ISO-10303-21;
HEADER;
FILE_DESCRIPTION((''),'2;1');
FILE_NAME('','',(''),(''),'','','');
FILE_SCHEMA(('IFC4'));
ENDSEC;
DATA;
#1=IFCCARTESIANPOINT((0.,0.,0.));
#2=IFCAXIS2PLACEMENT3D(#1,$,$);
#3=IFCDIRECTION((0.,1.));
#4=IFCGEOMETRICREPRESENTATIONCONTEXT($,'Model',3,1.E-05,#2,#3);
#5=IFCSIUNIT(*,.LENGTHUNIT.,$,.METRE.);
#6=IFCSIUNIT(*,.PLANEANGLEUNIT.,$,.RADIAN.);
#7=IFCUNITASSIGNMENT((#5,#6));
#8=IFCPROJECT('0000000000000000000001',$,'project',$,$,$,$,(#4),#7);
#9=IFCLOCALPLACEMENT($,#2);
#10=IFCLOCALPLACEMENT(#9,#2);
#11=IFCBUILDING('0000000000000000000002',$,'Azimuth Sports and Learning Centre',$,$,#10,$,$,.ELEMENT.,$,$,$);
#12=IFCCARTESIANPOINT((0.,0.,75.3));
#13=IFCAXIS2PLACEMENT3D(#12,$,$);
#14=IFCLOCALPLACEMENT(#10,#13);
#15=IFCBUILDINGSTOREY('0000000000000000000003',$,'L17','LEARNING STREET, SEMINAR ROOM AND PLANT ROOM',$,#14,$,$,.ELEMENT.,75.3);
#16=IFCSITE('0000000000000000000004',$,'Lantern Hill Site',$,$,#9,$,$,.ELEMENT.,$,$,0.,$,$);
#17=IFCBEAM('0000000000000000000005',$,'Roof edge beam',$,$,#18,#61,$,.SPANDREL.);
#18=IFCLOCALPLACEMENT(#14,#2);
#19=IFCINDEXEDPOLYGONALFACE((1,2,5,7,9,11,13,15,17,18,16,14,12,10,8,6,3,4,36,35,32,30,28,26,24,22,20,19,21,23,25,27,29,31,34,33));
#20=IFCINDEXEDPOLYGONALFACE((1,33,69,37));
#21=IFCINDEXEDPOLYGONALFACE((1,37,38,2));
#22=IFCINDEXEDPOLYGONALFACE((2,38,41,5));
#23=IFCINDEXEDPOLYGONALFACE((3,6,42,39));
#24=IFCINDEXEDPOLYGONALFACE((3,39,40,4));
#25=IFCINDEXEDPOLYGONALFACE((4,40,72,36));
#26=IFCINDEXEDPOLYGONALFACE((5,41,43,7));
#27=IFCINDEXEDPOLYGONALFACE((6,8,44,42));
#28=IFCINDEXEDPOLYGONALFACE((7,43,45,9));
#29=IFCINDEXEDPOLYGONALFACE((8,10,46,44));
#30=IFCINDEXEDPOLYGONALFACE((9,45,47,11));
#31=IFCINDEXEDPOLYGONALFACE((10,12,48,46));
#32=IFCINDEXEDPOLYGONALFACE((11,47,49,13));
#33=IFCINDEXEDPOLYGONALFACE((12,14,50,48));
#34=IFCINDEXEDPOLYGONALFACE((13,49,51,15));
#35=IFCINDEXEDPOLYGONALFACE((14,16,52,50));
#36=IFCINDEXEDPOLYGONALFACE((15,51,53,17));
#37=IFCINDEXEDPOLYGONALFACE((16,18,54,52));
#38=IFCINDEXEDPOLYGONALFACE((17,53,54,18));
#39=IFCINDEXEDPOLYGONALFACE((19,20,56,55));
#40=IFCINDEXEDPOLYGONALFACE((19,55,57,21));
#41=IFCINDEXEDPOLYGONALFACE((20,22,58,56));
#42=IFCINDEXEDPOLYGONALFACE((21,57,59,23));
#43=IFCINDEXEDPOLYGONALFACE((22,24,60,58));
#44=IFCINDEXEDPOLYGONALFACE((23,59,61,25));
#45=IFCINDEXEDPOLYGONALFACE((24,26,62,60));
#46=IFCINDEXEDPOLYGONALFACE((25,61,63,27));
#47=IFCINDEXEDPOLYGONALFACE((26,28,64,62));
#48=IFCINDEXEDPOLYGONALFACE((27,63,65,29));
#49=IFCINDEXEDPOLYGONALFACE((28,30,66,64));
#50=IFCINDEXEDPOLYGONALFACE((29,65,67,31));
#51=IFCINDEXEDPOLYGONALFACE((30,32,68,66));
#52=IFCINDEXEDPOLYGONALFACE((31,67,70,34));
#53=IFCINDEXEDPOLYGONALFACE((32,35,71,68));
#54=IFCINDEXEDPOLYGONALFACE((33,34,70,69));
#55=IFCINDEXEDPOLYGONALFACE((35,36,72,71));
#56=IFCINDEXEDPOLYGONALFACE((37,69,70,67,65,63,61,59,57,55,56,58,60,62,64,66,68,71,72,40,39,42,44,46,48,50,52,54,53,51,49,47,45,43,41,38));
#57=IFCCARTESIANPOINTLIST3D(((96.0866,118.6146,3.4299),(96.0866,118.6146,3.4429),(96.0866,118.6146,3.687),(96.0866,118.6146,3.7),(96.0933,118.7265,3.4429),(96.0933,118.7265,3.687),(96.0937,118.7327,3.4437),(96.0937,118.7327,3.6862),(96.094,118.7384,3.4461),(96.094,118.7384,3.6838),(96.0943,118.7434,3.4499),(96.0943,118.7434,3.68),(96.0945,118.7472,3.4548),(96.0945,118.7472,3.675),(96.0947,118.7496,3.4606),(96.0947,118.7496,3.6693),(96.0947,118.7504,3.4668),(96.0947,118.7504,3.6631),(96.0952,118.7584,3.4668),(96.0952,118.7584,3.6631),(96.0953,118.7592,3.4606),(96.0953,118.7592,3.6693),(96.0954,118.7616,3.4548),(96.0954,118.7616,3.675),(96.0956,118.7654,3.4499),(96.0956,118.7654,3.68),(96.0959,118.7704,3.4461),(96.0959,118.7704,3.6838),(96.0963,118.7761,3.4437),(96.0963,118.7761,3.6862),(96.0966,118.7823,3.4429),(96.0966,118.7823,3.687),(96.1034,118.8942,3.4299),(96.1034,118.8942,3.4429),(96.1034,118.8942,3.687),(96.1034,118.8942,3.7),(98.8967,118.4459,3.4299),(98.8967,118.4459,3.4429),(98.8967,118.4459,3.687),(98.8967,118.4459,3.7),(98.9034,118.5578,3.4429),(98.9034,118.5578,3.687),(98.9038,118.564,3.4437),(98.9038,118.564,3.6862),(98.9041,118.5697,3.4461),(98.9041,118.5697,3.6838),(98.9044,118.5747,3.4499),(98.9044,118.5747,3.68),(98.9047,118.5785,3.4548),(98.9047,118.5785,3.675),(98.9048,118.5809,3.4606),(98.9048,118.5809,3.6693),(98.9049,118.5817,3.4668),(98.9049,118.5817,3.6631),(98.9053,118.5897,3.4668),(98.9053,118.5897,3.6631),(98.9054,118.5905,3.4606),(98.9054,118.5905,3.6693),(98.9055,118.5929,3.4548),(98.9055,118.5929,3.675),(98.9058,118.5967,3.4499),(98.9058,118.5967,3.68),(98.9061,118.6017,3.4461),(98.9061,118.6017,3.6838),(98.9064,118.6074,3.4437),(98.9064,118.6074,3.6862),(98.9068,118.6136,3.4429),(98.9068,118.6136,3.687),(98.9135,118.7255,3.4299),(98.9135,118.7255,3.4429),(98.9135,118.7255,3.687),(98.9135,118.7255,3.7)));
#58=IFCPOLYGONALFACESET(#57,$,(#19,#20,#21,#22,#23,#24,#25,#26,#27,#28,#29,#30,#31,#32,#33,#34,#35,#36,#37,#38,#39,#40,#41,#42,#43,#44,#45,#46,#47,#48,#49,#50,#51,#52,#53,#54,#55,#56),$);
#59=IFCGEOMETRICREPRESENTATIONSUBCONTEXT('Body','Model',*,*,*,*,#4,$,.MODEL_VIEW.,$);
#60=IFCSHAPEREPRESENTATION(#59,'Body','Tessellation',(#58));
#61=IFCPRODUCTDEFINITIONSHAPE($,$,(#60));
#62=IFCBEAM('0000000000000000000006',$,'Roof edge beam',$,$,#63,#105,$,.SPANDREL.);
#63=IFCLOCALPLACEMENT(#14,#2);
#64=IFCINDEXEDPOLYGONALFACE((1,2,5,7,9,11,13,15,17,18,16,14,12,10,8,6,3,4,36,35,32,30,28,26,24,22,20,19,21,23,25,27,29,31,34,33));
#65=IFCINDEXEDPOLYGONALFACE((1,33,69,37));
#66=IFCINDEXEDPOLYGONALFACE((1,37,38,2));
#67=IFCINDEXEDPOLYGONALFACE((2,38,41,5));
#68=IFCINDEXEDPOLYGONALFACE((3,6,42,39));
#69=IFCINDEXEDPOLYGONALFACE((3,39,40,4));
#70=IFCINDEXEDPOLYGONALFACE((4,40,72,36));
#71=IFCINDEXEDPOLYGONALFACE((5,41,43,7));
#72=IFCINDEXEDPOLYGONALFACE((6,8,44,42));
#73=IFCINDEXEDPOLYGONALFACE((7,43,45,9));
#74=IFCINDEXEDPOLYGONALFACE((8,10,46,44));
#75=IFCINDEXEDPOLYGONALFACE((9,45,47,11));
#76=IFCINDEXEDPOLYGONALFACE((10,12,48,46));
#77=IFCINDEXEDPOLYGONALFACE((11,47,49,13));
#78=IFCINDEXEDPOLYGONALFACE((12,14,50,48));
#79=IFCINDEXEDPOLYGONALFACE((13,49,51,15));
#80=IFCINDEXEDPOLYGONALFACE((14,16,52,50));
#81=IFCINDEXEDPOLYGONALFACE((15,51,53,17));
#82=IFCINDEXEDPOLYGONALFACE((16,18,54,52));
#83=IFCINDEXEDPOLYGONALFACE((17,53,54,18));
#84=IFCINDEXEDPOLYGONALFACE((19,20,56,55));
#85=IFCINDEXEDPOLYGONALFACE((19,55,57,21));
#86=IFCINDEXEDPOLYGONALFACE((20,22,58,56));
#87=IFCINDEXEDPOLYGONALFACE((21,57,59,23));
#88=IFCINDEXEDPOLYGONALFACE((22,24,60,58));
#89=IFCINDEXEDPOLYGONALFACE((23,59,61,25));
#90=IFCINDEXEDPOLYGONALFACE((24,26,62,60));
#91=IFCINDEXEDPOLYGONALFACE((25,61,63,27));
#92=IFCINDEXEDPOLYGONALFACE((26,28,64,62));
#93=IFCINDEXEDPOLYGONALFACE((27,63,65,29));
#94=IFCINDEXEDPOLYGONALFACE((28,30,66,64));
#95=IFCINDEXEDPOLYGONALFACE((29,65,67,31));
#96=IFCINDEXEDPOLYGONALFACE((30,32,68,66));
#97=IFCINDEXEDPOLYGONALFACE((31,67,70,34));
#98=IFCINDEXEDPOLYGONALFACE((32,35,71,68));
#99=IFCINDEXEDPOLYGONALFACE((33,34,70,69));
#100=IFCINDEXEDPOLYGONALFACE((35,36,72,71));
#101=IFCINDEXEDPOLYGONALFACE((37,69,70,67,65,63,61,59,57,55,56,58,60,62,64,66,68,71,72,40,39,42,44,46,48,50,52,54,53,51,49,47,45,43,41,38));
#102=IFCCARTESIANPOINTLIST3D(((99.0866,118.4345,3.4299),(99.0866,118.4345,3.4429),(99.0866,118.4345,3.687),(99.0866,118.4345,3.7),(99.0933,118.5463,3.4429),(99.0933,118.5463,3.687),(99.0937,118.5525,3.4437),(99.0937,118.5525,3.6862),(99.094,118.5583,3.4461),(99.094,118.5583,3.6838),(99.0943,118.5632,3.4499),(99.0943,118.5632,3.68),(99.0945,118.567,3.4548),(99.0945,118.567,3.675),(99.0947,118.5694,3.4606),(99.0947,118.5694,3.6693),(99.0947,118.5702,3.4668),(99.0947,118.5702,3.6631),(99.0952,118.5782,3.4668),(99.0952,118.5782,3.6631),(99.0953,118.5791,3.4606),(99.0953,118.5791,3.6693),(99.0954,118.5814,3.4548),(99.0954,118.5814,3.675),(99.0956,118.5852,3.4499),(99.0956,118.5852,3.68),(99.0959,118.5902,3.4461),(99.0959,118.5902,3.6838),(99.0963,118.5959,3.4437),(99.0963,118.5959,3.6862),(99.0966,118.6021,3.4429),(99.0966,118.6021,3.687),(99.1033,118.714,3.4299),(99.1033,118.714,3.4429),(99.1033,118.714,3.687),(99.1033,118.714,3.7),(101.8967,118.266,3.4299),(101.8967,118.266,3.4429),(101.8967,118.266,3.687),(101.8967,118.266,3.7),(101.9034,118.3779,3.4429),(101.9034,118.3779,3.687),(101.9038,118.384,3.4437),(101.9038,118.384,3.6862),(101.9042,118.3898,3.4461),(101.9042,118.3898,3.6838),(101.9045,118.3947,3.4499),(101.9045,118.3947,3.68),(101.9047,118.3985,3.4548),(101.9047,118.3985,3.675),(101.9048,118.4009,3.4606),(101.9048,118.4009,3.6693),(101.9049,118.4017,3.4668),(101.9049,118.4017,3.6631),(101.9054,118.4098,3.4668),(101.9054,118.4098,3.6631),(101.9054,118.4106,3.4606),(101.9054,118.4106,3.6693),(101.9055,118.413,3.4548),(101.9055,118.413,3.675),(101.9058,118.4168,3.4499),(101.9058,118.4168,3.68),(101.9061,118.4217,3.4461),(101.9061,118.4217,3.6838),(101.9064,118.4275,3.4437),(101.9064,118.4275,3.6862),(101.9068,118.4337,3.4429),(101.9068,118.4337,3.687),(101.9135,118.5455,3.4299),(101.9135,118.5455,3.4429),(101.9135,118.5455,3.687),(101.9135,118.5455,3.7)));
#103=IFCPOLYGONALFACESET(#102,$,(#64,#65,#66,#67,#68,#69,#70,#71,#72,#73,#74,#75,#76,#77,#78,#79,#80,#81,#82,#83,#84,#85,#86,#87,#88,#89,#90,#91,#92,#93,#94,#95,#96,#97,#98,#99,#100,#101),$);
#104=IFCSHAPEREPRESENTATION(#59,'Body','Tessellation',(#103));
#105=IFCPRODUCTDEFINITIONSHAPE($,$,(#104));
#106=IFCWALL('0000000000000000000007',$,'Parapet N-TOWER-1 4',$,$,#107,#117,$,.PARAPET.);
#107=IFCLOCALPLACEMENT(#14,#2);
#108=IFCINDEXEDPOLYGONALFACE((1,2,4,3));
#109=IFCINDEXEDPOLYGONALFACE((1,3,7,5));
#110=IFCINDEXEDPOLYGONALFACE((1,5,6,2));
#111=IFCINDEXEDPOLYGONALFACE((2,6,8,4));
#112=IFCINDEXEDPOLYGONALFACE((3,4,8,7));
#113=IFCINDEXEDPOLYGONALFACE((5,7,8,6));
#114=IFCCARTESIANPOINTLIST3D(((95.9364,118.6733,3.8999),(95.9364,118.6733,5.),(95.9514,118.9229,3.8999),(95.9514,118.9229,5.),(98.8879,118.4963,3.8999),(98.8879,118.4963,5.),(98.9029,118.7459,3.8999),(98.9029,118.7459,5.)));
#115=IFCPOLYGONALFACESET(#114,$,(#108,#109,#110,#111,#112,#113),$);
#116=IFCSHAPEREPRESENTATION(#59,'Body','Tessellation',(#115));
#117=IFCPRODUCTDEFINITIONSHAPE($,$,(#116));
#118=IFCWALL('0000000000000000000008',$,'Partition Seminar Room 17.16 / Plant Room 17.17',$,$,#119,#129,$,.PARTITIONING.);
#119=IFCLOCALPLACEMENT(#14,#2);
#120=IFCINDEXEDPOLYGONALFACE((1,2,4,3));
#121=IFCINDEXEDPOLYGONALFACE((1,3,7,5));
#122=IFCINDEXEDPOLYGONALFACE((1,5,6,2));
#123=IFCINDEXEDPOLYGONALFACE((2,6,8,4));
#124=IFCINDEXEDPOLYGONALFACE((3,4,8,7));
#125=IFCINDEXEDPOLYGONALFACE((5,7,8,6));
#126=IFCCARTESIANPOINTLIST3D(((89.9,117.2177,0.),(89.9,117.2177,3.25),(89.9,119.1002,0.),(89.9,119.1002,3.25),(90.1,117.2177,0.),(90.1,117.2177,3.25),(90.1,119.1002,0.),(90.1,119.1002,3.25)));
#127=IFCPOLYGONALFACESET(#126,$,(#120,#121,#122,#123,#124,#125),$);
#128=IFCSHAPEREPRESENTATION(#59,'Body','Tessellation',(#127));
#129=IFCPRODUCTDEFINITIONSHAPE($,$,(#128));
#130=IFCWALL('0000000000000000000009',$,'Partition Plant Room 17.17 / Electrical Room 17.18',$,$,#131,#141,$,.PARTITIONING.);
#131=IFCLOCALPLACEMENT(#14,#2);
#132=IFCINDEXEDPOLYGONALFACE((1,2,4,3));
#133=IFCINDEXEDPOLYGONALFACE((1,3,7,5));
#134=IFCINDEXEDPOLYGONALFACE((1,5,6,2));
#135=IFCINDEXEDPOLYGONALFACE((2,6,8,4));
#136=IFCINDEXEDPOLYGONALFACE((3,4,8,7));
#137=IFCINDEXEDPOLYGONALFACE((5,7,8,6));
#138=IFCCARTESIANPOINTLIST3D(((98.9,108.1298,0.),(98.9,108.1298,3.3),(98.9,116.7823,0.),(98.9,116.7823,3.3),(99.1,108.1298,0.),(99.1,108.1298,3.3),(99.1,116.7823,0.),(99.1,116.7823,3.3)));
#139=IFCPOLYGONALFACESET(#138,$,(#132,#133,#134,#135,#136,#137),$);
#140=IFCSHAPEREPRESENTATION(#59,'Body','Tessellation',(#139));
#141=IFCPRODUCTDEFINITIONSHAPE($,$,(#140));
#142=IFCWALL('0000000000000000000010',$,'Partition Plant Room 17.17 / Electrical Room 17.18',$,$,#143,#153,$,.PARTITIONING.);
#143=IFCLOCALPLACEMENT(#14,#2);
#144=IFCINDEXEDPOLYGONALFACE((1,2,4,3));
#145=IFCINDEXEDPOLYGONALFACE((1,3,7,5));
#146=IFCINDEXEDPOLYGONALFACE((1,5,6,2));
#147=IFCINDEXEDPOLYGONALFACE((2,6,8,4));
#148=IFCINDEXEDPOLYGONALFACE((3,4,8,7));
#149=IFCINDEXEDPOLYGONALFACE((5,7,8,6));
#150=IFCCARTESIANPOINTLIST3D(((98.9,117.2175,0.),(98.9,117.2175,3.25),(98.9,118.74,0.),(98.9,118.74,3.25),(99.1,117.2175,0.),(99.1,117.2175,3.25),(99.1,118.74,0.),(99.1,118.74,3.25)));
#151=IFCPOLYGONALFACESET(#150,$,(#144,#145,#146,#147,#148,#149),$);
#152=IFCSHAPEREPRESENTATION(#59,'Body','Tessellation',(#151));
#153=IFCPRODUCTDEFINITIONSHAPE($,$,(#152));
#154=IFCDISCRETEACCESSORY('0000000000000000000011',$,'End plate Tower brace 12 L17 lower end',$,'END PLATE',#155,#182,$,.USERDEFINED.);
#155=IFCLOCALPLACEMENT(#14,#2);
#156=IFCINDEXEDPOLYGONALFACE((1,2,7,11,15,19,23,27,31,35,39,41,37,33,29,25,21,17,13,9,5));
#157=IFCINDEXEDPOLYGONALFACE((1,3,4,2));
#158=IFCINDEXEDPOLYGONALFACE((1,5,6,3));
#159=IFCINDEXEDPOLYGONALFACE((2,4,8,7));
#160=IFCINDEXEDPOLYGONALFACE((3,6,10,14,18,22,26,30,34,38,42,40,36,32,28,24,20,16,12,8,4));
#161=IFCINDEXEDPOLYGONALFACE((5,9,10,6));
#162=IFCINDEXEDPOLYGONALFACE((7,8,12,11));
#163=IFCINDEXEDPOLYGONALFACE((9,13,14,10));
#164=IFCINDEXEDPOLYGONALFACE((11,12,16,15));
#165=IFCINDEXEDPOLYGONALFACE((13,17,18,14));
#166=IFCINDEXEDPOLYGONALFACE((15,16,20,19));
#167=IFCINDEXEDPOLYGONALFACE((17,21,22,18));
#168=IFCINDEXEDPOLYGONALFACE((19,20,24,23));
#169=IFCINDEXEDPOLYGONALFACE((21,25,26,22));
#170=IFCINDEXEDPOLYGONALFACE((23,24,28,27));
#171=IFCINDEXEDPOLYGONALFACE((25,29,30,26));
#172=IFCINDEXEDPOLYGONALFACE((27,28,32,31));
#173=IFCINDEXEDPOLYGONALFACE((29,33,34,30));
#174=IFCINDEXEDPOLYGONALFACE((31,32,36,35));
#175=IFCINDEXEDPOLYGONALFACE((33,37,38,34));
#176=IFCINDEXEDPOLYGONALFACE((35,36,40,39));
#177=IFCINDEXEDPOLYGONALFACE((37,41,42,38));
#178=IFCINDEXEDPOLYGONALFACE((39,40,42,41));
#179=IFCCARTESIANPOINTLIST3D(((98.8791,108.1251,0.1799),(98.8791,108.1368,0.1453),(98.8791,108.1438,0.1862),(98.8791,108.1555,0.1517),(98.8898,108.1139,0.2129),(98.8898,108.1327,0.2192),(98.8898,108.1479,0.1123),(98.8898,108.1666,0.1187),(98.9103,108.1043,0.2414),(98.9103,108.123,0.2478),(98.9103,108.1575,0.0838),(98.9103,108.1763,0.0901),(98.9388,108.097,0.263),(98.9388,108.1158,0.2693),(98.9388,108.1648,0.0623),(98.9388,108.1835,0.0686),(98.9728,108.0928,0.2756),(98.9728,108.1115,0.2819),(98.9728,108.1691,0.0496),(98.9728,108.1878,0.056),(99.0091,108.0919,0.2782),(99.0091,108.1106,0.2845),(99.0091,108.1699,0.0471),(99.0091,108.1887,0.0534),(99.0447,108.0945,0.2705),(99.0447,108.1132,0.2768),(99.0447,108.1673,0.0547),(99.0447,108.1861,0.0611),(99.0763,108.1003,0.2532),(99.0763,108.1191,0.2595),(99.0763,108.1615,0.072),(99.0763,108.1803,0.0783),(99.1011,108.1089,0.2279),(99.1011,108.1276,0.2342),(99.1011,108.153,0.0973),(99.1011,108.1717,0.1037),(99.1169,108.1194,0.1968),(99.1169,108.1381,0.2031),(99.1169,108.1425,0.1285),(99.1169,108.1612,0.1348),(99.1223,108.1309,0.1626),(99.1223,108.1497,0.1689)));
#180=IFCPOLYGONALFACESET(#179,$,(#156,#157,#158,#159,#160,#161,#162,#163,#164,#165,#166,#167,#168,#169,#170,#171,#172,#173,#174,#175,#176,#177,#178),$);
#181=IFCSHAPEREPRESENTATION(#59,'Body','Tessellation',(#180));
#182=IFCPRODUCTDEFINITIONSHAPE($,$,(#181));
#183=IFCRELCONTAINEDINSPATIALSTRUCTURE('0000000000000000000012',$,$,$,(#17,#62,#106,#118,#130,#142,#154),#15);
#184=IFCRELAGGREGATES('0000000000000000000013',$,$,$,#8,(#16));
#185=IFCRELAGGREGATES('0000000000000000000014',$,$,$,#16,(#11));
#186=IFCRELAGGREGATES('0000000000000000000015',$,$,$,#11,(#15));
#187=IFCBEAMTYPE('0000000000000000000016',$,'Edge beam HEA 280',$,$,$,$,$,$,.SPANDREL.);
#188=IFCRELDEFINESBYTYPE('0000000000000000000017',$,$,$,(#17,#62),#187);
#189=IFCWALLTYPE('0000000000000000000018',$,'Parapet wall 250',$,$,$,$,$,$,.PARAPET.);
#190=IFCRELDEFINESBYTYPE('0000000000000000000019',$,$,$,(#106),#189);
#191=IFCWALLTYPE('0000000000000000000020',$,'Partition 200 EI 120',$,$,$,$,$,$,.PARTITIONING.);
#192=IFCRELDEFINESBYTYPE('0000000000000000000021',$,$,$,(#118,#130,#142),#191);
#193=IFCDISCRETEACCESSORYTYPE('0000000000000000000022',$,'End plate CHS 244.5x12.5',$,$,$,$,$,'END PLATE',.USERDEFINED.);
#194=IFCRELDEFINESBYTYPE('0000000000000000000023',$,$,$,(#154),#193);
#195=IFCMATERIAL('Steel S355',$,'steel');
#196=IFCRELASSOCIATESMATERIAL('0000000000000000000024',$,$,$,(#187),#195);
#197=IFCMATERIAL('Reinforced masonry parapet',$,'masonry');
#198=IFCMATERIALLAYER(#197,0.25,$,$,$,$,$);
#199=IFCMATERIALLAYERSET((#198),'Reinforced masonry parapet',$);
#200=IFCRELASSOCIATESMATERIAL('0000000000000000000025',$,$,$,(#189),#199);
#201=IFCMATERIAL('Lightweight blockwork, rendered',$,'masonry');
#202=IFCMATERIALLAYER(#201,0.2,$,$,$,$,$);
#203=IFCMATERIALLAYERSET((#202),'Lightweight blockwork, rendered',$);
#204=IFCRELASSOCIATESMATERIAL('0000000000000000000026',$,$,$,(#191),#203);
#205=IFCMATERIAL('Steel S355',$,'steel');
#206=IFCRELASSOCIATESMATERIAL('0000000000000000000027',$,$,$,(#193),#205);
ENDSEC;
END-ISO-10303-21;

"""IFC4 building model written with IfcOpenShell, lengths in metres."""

from ifc_helpers import new_model, si_unit, direction, frame, frame_2d, origin, origin_2d, place, context, subcontext, project, spatial, rectangle, circle, i_section, extrude, material, layer, layer_set, material_profile, profile_set, type_object, element, save


model = new_model("IFC4")

# Units and contexts
model_context = context("Model", 3, precision=1e-05, world=origin(), true_north=direction((0.0, 1.0)))
body_context = subcontext(model_context, "Body", "Model", "MODEL_VIEW")
ifc_project = project(units=[si_unit("LENGTHUNIT", "METRE"), si_unit("PLANEANGLEUNIT", "RADIAN")], contexts=[model_context])

# Site, building, storey
site_placement = place(None, origin())
site = spatial("IfcSite", under=ifc_project, at=site_placement, Name="Lantern Hill Site", CompositionType="ELEMENT", RefElevation=0.0)
building_placement = place(site_placement, origin())
building = spatial("IfcBuilding", under=site, at=building_placement, Name="Azimuth Sports and Learning Centre", CompositionType="ELEMENT")
storey_placement = place(building_placement, frame((0.0, 0.0, 75.3)))
storey = spatial("IfcBuildingStorey", under=building, at=storey_placement, Name="L17", Description="LEARNING STREET, SEMINAR ROOM AND PLANT ROOM", CompositionType="ELEMENT", Elevation=75.3)

# Beams
ifc_material_1 = material(Name="Steel S355", Category="steel")
ifc_material_profile_1 = material_profile(ifc_material_1, i_section(OverallWidth=0.28, OverallDepth=0.27, WebThickness=0.0081, FlangeThickness=0.0129, FilletRadius=0.0239, at=origin_2d()), Name="HEA 280")
ifc_profile_set_1 = profile_set([ifc_material_profile_1], Name="Steel S355")
beam_type_1 = type_object("IfcBeamType", Name="Edge beam HEA 280", PredefinedType="SPANDREL", material=ifc_profile_set_1)
for number, where, z_axis, x_axis, name in (
    (1, (96.095, 118.7544, 3.5649), (0.998203, -0.059927, 0.0), (0.059927, 0.998203, 0.0), "Roof edge beam"),
    (2, (99.095, 118.5742, 3.5649), (0.998208, -0.05984, 0.0), (0.05984, 0.998208, 0.0), "Roof edge beam"),
):
    element("IfcBeam", number, at=place(storey_placement, frame(where, z_axis=z_axis, x_axis=x_axis)), inside=storey, type_object=beam_type_1, Name=name, PredefinedType="SPANDREL", context=body_context, shape_type="SweptSolid", body=[
        extrude(i_section(OverallWidth=0.28, OverallDepth=0.27, WebThickness=0.0081, FlangeThickness=0.0129, FilletRadius=0.0239, at=origin_2d()), origin(), (0.0, 0.0, 1.0), 2.8152),
    ])

# Walls
ifc_material_2 = material(Name="Reinforced masonry parapet", Category="masonry")
ifc_layer_1 = layer(ifc_material_2, 0.25)
ifc_layer_set_1 = layer_set([ifc_layer_1], Name="Reinforced masonry parapet")
wall_type_1 = type_object("IfcWallType", Name="Parapet wall 250", PredefinedType="PARAPET", material=ifc_layer_set_1)
wall_1_placement = place(storey_placement, frame((98.8955, 118.6211, 3.8999), z_axis=(0.0, 0.0, 1.0), x_axis=(-0.998207, 0.059864, 0.0)))
element("IfcWall", 3, at=wall_1_placement, inside=storey, type_object=wall_type_1, Name="Parapet N-TOWER-1 4", PredefinedType="PARAPET", context=body_context, shape_type="SweptSolid", body=[
    extrude(rectangle(XDim=2.9568, YDim=0.25, at=frame_2d((1.4785, 0.0))), origin(), (0.0, 0.0, 1.0), 1.1001),
])
ifc_material_3 = material(Name="Lightweight blockwork, rendered", Category="masonry")
ifc_layer_2 = layer(ifc_material_3, 0.2)
ifc_layer_set_2 = layer_set([ifc_layer_2], Name="Lightweight blockwork, rendered")
wall_type_2 = type_object("IfcWallType", Name="Partition 200 EI 120", PredefinedType="PARTITIONING", material=ifc_layer_set_2)
wall_2_placement = place(storey_placement, frame((90.0, 117.2175, 0.0), z_axis=(0.0, 0.0, 1.0), x_axis=(0.0, 1.0, 0.0)))
element("IfcWall", 4, at=wall_2_placement, inside=storey, type_object=wall_type_2, Name="Partition Seminar Room 17.16 / Plant Room 17.17", PredefinedType="PARTITIONING", context=body_context, shape_type="SweptSolid", body=[
    extrude(rectangle(XDim=1.8826, YDim=0.2, at=frame_2d((0.9414, 0.0))), origin(), (0.0, 0.0, 1.0), 3.25),
])
wall_3_placement = place(storey_placement, frame((99.0, 108.1299, 0.0), z_axis=(0.0, 0.0, 1.0), x_axis=(0.0, 1.0, 0.0)))
element("IfcWall", 5, at=wall_3_placement, inside=storey, type_object=wall_type_2, Name="Partition Plant Room 17.17 / Electrical Room 17.18", PredefinedType="PARTITIONING", context=body_context, shape_type="SweptSolid", body=[
    extrude(rectangle(XDim=8.6526, YDim=0.2, at=frame_2d((4.3262, 0.0))), origin(), (0.0, 0.0, 1.0), 3.3),
])
wall_4_placement = place(storey_placement, frame((99.0, 117.2175, 0.0), z_axis=(0.0, 0.0, 1.0), x_axis=(0.0, 1.0, 0.0)))
element("IfcWall", 6, at=wall_4_placement, inside=storey, type_object=wall_type_2, Name="Partition Plant Room 17.17 / Electrical Room 17.18", PredefinedType="PARTITIONING", context=body_context, shape_type="SweptSolid", body=[
    extrude(rectangle(XDim=1.5225, YDim=0.2, at=frame_2d((0.7612, 0.0))), origin(), (0.0, 0.0, 1.0), 3.25),
])

# Discrete accessory
ifc_material_4 = material(Name="Steel S355", Category="steel")
ifc_material_profile_2 = material_profile(ifc_material_4, circle(Radius=0.1223, at=origin_2d()), Name="PL 244 DISC")
ifc_profile_set_2 = profile_set([ifc_material_profile_2], Name="Steel S355")
discrete_accessory_type = type_object("IfcDiscreteAccessoryType", Name="End plate CHS 244.5x12.5", ElementType="END PLATE", PredefinedType="USERDEFINED", material=ifc_profile_set_2)
discrete_accessory_1_placement = place(storey_placement, frame((99.0, 108.1497, 0.1689), z_axis=(0.0, -0.947446, -0.319917), x_axis=(1.0, 0.0, 0.0)))
element("IfcDiscreteAccessory", 7, at=discrete_accessory_1_placement, inside=storey, type_object=discrete_accessory_type, Name="End plate Tower brace 12 L17 lower end", ObjectType="END PLATE", PredefinedType="USERDEFINED", context=body_context, shape_type="SweptSolid", body=[
    extrude(circle(Radius=0.1223, at=origin_2d()), origin(), (0.0, 0.0, 1.0), 0.0198),
])

save(model, "model.ifc")
